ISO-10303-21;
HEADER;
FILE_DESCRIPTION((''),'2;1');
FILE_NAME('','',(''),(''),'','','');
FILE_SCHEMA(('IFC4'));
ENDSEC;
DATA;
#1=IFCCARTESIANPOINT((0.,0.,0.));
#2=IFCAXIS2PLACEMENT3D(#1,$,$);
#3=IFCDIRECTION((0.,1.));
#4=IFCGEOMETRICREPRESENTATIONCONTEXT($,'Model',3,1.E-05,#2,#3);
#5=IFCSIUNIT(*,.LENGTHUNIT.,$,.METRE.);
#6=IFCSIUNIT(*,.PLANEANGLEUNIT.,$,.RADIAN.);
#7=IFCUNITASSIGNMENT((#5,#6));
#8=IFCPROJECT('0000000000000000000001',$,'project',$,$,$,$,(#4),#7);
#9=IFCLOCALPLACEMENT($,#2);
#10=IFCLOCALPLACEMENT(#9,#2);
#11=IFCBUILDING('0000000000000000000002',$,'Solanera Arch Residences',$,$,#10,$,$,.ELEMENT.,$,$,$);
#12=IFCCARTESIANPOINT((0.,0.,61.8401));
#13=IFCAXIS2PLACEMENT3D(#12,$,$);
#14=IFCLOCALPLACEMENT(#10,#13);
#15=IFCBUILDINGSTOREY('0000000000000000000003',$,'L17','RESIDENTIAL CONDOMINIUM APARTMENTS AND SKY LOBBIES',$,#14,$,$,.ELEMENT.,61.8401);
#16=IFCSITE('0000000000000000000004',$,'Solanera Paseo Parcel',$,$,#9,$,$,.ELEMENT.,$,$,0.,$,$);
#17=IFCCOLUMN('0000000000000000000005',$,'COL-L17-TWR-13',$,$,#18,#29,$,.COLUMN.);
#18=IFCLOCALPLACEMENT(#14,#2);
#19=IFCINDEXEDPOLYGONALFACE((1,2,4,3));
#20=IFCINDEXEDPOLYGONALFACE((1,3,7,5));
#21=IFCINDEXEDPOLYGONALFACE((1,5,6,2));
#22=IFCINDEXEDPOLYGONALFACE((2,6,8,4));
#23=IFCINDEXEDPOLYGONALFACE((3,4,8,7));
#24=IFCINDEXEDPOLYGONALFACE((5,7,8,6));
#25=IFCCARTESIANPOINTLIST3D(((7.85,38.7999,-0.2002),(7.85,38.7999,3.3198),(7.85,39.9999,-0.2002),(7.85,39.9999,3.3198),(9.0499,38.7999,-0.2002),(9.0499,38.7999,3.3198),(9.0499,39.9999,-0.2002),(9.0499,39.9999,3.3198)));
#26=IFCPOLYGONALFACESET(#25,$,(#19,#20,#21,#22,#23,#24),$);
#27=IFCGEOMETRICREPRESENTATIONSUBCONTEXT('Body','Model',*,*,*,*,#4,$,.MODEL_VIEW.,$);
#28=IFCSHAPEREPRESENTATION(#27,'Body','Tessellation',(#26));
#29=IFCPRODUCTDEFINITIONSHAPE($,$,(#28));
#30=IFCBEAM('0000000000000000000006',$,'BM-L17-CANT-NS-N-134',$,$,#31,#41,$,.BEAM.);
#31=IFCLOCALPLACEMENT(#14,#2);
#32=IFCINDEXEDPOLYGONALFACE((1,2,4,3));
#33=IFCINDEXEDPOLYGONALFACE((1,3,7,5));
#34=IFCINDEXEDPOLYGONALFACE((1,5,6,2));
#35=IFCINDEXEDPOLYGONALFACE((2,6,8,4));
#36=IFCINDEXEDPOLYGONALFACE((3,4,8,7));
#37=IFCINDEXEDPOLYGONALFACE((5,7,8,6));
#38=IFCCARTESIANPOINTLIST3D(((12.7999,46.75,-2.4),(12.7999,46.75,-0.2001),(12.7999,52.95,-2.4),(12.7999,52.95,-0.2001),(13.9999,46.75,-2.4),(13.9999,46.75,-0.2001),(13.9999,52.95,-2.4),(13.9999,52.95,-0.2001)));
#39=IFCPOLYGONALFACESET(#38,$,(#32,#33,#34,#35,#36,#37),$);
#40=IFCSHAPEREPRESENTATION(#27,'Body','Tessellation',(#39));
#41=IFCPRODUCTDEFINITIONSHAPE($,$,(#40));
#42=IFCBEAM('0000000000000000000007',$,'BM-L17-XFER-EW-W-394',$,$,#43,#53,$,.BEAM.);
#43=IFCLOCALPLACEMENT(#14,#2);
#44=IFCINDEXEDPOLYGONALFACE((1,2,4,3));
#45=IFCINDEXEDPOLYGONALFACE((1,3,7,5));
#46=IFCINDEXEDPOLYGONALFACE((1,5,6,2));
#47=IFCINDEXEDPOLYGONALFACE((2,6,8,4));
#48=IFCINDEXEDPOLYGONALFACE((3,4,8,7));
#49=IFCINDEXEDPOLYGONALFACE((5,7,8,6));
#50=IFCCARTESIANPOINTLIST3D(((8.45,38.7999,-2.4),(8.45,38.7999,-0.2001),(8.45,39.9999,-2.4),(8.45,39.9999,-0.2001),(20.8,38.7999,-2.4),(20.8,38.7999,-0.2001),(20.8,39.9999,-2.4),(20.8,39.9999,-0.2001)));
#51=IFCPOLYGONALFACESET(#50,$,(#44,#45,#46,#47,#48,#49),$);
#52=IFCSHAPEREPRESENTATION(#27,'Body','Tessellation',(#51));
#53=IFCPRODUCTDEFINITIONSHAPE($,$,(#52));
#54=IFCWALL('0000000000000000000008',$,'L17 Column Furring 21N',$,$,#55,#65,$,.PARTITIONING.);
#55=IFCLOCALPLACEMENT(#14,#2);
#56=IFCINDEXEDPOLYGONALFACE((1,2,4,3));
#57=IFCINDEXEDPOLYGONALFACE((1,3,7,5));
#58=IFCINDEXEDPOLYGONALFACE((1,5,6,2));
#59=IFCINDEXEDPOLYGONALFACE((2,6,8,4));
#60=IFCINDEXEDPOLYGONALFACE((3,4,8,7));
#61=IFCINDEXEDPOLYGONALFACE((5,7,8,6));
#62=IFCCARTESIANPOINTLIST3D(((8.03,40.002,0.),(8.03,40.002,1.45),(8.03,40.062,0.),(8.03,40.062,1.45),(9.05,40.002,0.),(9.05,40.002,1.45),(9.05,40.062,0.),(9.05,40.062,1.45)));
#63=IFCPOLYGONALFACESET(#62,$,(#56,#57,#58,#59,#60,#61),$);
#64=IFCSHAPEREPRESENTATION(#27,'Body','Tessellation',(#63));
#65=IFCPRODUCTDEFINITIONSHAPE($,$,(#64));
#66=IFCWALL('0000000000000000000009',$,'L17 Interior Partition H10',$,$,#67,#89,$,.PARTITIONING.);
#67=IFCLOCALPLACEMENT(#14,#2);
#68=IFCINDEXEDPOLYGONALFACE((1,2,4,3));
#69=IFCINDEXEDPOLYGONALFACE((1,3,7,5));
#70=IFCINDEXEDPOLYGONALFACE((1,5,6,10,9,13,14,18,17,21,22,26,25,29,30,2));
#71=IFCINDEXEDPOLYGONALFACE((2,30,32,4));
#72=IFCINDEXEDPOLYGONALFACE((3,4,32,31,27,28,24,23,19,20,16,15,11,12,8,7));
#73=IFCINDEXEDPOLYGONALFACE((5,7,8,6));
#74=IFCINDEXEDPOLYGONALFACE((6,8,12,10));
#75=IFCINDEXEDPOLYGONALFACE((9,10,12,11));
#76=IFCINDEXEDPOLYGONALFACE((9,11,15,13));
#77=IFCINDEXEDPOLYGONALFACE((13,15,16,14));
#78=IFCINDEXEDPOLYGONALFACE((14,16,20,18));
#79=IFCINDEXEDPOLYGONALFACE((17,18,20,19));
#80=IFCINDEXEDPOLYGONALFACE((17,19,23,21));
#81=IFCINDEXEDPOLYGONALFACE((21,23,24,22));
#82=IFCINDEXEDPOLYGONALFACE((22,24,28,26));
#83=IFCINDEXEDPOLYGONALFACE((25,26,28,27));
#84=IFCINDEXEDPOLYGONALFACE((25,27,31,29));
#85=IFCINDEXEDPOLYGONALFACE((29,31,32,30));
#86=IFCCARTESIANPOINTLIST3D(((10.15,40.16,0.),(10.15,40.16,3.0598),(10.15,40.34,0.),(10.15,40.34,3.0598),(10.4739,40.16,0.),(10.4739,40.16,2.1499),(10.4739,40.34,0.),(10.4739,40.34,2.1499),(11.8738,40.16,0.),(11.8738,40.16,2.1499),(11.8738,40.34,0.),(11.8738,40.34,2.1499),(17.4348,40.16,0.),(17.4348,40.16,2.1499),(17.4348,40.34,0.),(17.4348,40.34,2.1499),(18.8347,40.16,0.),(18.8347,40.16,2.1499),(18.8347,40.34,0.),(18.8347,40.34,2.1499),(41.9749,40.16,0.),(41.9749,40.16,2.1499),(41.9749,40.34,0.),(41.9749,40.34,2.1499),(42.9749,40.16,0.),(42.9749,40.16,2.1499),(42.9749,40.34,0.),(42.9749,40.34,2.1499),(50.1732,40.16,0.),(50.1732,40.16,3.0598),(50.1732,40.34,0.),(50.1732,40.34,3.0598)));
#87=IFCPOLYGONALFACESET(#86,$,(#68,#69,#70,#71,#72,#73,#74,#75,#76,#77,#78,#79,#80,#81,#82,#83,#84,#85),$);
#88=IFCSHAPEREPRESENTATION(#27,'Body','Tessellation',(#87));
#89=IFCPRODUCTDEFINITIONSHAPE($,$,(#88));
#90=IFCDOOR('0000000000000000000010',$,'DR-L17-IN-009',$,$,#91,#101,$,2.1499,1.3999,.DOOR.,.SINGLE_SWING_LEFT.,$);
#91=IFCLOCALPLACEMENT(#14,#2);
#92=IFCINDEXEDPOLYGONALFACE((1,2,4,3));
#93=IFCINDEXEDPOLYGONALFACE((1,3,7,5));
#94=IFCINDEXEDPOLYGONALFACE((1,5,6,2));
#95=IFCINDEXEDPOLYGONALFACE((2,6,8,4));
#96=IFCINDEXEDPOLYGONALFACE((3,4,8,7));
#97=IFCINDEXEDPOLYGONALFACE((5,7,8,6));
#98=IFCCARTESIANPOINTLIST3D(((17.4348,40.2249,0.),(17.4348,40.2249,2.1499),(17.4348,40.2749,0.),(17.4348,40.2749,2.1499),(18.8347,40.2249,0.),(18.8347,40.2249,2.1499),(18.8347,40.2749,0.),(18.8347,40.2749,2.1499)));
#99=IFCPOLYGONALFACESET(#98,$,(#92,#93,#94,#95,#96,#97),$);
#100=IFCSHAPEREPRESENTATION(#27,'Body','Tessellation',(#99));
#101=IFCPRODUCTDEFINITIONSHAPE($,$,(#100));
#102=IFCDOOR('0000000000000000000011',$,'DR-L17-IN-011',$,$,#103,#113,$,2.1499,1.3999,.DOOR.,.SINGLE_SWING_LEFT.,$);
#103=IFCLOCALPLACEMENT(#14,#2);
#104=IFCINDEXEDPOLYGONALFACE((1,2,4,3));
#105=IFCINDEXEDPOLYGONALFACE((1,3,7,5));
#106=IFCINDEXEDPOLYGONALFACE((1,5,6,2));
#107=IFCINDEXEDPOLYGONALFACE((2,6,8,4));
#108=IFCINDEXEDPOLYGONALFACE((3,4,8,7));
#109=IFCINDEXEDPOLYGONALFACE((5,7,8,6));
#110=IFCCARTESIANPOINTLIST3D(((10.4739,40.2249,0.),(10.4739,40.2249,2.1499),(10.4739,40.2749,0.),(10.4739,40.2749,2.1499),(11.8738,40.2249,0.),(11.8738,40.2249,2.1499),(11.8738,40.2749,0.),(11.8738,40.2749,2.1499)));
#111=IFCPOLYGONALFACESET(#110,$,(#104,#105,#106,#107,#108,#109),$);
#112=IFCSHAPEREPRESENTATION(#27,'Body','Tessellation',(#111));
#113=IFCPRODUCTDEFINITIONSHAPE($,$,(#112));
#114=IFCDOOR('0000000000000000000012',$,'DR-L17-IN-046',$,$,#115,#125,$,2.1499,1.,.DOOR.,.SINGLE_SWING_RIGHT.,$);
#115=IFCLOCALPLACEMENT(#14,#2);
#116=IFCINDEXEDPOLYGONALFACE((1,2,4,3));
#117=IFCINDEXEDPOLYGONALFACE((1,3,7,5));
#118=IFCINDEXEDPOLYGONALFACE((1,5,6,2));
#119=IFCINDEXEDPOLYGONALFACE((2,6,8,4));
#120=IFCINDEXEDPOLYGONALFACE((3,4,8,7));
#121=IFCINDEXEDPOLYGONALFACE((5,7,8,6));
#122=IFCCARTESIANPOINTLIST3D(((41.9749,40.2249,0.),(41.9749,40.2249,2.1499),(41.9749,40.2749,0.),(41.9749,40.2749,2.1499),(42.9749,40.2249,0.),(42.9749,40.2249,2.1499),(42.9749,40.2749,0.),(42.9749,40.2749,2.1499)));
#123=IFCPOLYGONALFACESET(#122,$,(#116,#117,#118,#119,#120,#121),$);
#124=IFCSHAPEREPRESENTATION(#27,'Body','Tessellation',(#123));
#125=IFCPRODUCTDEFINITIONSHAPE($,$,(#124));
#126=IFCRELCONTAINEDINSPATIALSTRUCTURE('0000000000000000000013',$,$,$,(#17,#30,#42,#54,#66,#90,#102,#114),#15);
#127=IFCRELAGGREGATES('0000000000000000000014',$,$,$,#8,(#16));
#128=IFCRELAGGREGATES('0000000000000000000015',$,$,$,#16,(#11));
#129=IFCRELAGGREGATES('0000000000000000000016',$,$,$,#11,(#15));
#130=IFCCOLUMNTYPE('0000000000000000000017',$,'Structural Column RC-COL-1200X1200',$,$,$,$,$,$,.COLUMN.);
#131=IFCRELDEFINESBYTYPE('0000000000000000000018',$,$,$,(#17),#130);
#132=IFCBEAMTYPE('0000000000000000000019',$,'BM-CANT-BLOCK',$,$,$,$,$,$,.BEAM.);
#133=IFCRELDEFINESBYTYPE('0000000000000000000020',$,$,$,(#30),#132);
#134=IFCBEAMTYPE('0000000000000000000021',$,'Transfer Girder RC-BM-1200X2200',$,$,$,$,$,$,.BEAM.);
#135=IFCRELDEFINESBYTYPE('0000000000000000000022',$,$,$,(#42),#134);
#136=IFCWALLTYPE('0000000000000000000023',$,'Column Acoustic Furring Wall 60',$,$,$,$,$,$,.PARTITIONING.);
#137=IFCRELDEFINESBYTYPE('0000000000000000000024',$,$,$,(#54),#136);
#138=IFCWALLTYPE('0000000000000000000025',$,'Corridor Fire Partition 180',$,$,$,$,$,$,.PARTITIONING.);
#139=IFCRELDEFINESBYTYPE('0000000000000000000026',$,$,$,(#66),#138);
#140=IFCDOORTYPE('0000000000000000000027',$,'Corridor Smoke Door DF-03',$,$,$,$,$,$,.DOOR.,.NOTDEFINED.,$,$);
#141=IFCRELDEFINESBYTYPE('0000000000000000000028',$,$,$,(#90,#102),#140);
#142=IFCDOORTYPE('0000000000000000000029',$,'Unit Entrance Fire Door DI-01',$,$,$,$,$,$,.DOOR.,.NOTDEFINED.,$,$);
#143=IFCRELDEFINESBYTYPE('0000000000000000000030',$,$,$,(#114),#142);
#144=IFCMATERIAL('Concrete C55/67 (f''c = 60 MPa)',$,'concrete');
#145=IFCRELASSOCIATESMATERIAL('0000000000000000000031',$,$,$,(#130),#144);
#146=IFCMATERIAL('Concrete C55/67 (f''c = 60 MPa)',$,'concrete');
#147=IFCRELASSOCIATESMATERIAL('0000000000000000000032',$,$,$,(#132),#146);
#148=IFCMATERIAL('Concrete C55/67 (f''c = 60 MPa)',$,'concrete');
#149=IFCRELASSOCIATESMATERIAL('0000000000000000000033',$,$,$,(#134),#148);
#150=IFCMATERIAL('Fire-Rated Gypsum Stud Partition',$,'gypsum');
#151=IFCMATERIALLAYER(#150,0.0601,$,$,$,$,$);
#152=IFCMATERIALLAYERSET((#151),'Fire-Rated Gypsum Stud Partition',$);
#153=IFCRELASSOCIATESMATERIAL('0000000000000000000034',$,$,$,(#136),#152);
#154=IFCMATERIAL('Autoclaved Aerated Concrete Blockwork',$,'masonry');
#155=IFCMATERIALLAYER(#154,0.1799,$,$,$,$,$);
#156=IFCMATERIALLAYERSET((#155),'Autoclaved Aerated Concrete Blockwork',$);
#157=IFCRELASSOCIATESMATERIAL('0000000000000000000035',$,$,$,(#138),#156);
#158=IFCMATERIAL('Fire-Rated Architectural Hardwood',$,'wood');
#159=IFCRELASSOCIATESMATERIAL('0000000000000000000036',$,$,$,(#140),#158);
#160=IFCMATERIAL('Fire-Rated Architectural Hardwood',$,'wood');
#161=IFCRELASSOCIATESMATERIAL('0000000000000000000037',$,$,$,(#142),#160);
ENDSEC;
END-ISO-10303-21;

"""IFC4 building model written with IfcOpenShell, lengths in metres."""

from ifc_helpers import new_model, si_unit, direction, frame, frame_2d, origin, origin_2d, place, context, subcontext, project, spatial, rectangle, extrude, material, layer, layer_set, material_profile, profile_set, type_object, element, fill, save


model = new_model("IFC4")

# Units and contexts
model_context = context("Model", 3, precision=1e-05, world=origin(), true_north=direction((0.0, 1.0)))
body_context = subcontext(model_context, "Body", "Model", "MODEL_VIEW")
ifc_project = project(units=[si_unit("LENGTHUNIT", "METRE"), si_unit("PLANEANGLEUNIT", "RADIAN")], contexts=[model_context])

# Site, building, storey
site_placement = place(None, origin())
site = spatial("IfcSite", under=ifc_project, at=site_placement, Name="Solanera Paseo Parcel", CompositionType="ELEMENT", RefElevation=0.0)
building_placement = place(site_placement, origin())
building = spatial("IfcBuilding", under=site, at=building_placement, Name="Solanera Arch Residences", CompositionType="ELEMENT")
storey_placement = place(building_placement, frame((0.0, 0.0, 61.8401)))
storey = spatial("IfcBuildingStorey", under=building, at=storey_placement, Name="L17", Description="RESIDENTIAL CONDOMINIUM APARTMENTS AND SKY LOBBIES", CompositionType="ELEMENT", Elevation=61.8401)

# Column
ifc_material_1 = material(Name="Concrete C55/67 (f'c = 60 MPa)", Category="concrete")
ifc_material_profile_1 = material_profile(ifc_material_1, rectangle(XDim=1.2, YDim=1.2, at=origin_2d()))
ifc_profile_set_1 = profile_set([ifc_material_profile_1], Name="Concrete C55/67 (f'c = 60 MPa)")
column_type = type_object("IfcColumnType", Name="Structural Column RC-COL-1200X1200", PredefinedType="COLUMN", material=ifc_profile_set_1)
column_placement = place(storey_placement, frame((8.45, 39.3999, -0.2002), z_axis=(0.0, 0.0, 1.0), x_axis=(1.0, 0.0, 0.0)))
element("IfcColumn", 1, at=column_placement, inside=storey, type_object=column_type, Name="COL-L17-TWR-13", PredefinedType="COLUMN", context=body_context, shape_type="SweptSolid", body=[
    extrude(rectangle(XDim=1.2, YDim=1.2, at=origin_2d()), origin(), (0.0, 0.0, 1.0), 3.52),
])

# Beams
ifc_material_2 = material(Name="Concrete C55/67 (f'c = 60 MPa)", Category="concrete")
ifc_material_profile_2 = material_profile(ifc_material_2, rectangle(XDim=1.2, YDim=2.2, at=origin_2d()))
ifc_profile_set_2 = profile_set([ifc_material_profile_2], Name="Concrete C55/67 (f'c = 60 MPa)")
beam_type_1 = type_object("IfcBeamType", Name="BM-CANT-BLOCK", PredefinedType="BEAM", material=ifc_profile_set_2)
beam_1_placement = place(storey_placement, frame((13.3999, 46.75, -1.3), z_axis=(0.0, 1.0, 0.0), x_axis=(-1.0, 0.0, 0.0)))
element("IfcBeam", 2, at=beam_1_placement, inside=storey, type_object=beam_type_1, Name="BM-L17-CANT-NS-N-134", PredefinedType="BEAM", context=body_context, shape_type="SweptSolid", body=[
    extrude(rectangle(XDim=1.2, YDim=2.2, at=origin_2d()), origin(), (0.0, 0.0, 1.0), 6.2),
])
ifc_material_3 = material(Name="Concrete C55/67 (f'c = 60 MPa)", Category="concrete")
ifc_material_profile_3 = material_profile(ifc_material_3, rectangle(XDim=1.2, YDim=2.2, at=origin_2d()))
ifc_profile_set_3 = profile_set([ifc_material_profile_3], Name="Concrete C55/67 (f'c = 60 MPa)")
beam_type_2 = type_object("IfcBeamType", Name="Transfer Girder RC-BM-1200X2200", PredefinedType="BEAM", material=ifc_profile_set_3)
beam_2_placement = place(storey_placement, frame((8.45, 39.3999, -1.3), z_axis=(1.0, 0.0, 0.0), x_axis=(0.0, 1.0, 0.0)))
element("IfcBeam", 3, at=beam_2_placement, inside=storey, type_object=beam_type_2, Name="BM-L17-XFER-EW-W-394", PredefinedType="BEAM", context=body_context, shape_type="SweptSolid", body=[
    extrude(rectangle(XDim=1.2, YDim=2.2, at=origin_2d()), origin(), (0.0, 0.0, 1.0), 12.3501),
])

# Wall
ifc_material_4 = material(Name="Fire-Rated Gypsum Stud Partition", Category="gypsum")
ifc_layer_1 = layer(ifc_material_4, 0.0601)
ifc_layer_set_1 = layer_set([ifc_layer_1], Name="Fire-Rated Gypsum Stud Partition")
wall_type_1 = type_object("IfcWallType", Name="Column Acoustic Furring Wall 60", PredefinedType="PARTITIONING", material=ifc_layer_set_1)
wall_1_placement = place(storey_placement, frame((8.03, 40.032, 0.0), z_axis=(0.0, 0.0, 1.0), x_axis=(1.0, 0.0, 0.0)))
element("IfcWall", 4, at=wall_1_placement, inside=storey, type_object=wall_type_1, Name="L17 Column Furring 21N", PredefinedType="PARTITIONING", context=body_context, shape_type="SweptSolid", body=[
    extrude(rectangle(XDim=1.02, YDim=0.0601, at=frame_2d((0.51, 0.0))), origin(), (0.0, 0.0, 1.0), 1.45),
])

# Wall, openings, doors
ifc_material_5 = material(Name="Autoclaved Aerated Concrete Blockwork", Category="masonry")
ifc_layer_2 = layer(ifc_material_5, 0.1799)
ifc_layer_set_2 = layer_set([ifc_layer_2], Name="Autoclaved Aerated Concrete Blockwork")
wall_type_2 = type_object("IfcWallType", Name="Corridor Fire Partition 180", PredefinedType="PARTITIONING", material=ifc_layer_set_2)
wall_2_placement = place(storey_placement, frame((10.1499, 40.25, 0.0), z_axis=(0.0, 0.0, 1.0), x_axis=(1.0, 0.0, 0.0)))
wall_2 = element("IfcWall", 5, at=wall_2_placement, inside=storey, type_object=wall_type_2, Name="L17 Interior Partition H10", PredefinedType="PARTITIONING", context=body_context, shape_type="SweptSolid", body=[
    extrude(rectangle(XDim=40.0232, YDim=0.1799, at=frame_2d((20.0117, 0.0))), origin(), (0.0, 0.0, 1.0), 3.0598),
])
opening_1_placement = place(wall_2_placement, frame((7.2849, 0.0, 0.0)))
opening_1 = element("IfcOpeningElement", 6, at=opening_1_placement, cuts=wall_2, PredefinedType="OPENING", context=body_context, shape_type="SweptSolid", body=[
    extrude(rectangle(XDim=1.3999, YDim=2.1499, at=frame_2d((0.7, 1.075))), frame((0.0, 0.1001, 0.0), z_axis=(0.0, -1.0, 0.0), x_axis=(1.0, 0.0, 0.0)), (0.0, 0.0, 1.0), 0.1999),
])
opening_2_placement = place(wall_2_placement, frame((0.324, 0.0, 0.0)))
opening_2 = element("IfcOpeningElement", 7, at=opening_2_placement, cuts=wall_2, PredefinedType="OPENING", context=body_context, shape_type="SweptSolid", body=[
    extrude(rectangle(XDim=1.3999, YDim=2.1499, at=frame_2d((0.7, 1.075))), frame((0.0, 0.1001, 0.0), z_axis=(0.0, -1.0, 0.0), x_axis=(1.0, 0.0, 0.0)), (0.0, 0.0, 1.0), 0.1999),
])
opening_3_placement = place(wall_2_placement, frame((31.825, 0.0, 0.0)))
opening_3 = element("IfcOpeningElement", 8, at=opening_3_placement, cuts=wall_2, PredefinedType="OPENING", context=body_context, shape_type="SweptSolid", body=[
    extrude(rectangle(XDim=1.0, YDim=2.1499, at=frame_2d((0.5, 1.075))), frame((0.0, 0.1001, 0.0), z_axis=(0.0, -1.0, 0.0), x_axis=(1.0, 0.0, 0.0)), (0.0, 0.0, 1.0), 0.1999),
])
ifc_material_6 = material(Name="Fire-Rated Architectural Hardwood", Category="wood")
door_type_1 = type_object("IfcDoorType", Name="Corridor Smoke Door DF-03", OperationType="NOTDEFINED", PredefinedType="DOOR", material=ifc_material_6)
door_1_placement = place(opening_1_placement, origin())
door_1 = element("IfcDoor", 9, at=door_1_placement, inside=storey, type_object=door_type_1, Name="DR-L17-IN-009", OperationType="SINGLE_SWING_LEFT", OverallHeight=2.1499, OverallWidth=1.3999, PredefinedType="DOOR", context=body_context, shape_type="SweptSolid", body=[
    extrude(rectangle(XDim=1.3999, YDim=2.1499, at=frame_2d((0.7, 1.075))), frame((0.0, 0.0249, 0.0), z_axis=(0.0, -1.0, 0.0), x_axis=(1.0, 0.0, 0.0)), (0.0, 0.0, 1.0), 0.05),
])
fill(opening_1, door_1)
door_2_placement = place(opening_2_placement, origin())
door_2 = element("IfcDoor", 10, at=door_2_placement, inside=storey, type_object=door_type_1, Name="DR-L17-IN-011", OperationType="SINGLE_SWING_LEFT", OverallHeight=2.1499, OverallWidth=1.3999, PredefinedType="DOOR", context=body_context, shape_type="SweptSolid", body=[
    extrude(rectangle(XDim=1.3999, YDim=2.1499, at=frame_2d((0.7, 1.075))), frame((0.0, 0.0249, 0.0), z_axis=(0.0, -1.0, 0.0), x_axis=(1.0, 0.0, 0.0)), (0.0, 0.0, 1.0), 0.05),
])
fill(opening_2, door_2)
ifc_material_7 = material(Name="Fire-Rated Architectural Hardwood", Category="wood")
door_type_2 = type_object("IfcDoorType", Name="Unit Entrance Fire Door DI-01", OperationType="NOTDEFINED", PredefinedType="DOOR", material=ifc_material_7)
door_3_placement = place(opening_3_placement, origin())
door_3 = element("IfcDoor", 11, at=door_3_placement, inside=storey, type_object=door_type_2, Name="DR-L17-IN-046", OperationType="SINGLE_SWING_RIGHT", OverallHeight=2.1499, OverallWidth=1.0, PredefinedType="DOOR", context=body_context, shape_type="SweptSolid", body=[
    extrude(rectangle(XDim=1.0, YDim=2.1499, at=frame_2d((0.5, 1.075))), frame((0.0, 0.0249, 0.0), z_axis=(0.0, -1.0, 0.0), x_axis=(1.0, 0.0, 0.0)), (0.0, 0.0, 1.0), 0.05),
])
fill(opening_3, door_3)

save(model, "model.ifc")
